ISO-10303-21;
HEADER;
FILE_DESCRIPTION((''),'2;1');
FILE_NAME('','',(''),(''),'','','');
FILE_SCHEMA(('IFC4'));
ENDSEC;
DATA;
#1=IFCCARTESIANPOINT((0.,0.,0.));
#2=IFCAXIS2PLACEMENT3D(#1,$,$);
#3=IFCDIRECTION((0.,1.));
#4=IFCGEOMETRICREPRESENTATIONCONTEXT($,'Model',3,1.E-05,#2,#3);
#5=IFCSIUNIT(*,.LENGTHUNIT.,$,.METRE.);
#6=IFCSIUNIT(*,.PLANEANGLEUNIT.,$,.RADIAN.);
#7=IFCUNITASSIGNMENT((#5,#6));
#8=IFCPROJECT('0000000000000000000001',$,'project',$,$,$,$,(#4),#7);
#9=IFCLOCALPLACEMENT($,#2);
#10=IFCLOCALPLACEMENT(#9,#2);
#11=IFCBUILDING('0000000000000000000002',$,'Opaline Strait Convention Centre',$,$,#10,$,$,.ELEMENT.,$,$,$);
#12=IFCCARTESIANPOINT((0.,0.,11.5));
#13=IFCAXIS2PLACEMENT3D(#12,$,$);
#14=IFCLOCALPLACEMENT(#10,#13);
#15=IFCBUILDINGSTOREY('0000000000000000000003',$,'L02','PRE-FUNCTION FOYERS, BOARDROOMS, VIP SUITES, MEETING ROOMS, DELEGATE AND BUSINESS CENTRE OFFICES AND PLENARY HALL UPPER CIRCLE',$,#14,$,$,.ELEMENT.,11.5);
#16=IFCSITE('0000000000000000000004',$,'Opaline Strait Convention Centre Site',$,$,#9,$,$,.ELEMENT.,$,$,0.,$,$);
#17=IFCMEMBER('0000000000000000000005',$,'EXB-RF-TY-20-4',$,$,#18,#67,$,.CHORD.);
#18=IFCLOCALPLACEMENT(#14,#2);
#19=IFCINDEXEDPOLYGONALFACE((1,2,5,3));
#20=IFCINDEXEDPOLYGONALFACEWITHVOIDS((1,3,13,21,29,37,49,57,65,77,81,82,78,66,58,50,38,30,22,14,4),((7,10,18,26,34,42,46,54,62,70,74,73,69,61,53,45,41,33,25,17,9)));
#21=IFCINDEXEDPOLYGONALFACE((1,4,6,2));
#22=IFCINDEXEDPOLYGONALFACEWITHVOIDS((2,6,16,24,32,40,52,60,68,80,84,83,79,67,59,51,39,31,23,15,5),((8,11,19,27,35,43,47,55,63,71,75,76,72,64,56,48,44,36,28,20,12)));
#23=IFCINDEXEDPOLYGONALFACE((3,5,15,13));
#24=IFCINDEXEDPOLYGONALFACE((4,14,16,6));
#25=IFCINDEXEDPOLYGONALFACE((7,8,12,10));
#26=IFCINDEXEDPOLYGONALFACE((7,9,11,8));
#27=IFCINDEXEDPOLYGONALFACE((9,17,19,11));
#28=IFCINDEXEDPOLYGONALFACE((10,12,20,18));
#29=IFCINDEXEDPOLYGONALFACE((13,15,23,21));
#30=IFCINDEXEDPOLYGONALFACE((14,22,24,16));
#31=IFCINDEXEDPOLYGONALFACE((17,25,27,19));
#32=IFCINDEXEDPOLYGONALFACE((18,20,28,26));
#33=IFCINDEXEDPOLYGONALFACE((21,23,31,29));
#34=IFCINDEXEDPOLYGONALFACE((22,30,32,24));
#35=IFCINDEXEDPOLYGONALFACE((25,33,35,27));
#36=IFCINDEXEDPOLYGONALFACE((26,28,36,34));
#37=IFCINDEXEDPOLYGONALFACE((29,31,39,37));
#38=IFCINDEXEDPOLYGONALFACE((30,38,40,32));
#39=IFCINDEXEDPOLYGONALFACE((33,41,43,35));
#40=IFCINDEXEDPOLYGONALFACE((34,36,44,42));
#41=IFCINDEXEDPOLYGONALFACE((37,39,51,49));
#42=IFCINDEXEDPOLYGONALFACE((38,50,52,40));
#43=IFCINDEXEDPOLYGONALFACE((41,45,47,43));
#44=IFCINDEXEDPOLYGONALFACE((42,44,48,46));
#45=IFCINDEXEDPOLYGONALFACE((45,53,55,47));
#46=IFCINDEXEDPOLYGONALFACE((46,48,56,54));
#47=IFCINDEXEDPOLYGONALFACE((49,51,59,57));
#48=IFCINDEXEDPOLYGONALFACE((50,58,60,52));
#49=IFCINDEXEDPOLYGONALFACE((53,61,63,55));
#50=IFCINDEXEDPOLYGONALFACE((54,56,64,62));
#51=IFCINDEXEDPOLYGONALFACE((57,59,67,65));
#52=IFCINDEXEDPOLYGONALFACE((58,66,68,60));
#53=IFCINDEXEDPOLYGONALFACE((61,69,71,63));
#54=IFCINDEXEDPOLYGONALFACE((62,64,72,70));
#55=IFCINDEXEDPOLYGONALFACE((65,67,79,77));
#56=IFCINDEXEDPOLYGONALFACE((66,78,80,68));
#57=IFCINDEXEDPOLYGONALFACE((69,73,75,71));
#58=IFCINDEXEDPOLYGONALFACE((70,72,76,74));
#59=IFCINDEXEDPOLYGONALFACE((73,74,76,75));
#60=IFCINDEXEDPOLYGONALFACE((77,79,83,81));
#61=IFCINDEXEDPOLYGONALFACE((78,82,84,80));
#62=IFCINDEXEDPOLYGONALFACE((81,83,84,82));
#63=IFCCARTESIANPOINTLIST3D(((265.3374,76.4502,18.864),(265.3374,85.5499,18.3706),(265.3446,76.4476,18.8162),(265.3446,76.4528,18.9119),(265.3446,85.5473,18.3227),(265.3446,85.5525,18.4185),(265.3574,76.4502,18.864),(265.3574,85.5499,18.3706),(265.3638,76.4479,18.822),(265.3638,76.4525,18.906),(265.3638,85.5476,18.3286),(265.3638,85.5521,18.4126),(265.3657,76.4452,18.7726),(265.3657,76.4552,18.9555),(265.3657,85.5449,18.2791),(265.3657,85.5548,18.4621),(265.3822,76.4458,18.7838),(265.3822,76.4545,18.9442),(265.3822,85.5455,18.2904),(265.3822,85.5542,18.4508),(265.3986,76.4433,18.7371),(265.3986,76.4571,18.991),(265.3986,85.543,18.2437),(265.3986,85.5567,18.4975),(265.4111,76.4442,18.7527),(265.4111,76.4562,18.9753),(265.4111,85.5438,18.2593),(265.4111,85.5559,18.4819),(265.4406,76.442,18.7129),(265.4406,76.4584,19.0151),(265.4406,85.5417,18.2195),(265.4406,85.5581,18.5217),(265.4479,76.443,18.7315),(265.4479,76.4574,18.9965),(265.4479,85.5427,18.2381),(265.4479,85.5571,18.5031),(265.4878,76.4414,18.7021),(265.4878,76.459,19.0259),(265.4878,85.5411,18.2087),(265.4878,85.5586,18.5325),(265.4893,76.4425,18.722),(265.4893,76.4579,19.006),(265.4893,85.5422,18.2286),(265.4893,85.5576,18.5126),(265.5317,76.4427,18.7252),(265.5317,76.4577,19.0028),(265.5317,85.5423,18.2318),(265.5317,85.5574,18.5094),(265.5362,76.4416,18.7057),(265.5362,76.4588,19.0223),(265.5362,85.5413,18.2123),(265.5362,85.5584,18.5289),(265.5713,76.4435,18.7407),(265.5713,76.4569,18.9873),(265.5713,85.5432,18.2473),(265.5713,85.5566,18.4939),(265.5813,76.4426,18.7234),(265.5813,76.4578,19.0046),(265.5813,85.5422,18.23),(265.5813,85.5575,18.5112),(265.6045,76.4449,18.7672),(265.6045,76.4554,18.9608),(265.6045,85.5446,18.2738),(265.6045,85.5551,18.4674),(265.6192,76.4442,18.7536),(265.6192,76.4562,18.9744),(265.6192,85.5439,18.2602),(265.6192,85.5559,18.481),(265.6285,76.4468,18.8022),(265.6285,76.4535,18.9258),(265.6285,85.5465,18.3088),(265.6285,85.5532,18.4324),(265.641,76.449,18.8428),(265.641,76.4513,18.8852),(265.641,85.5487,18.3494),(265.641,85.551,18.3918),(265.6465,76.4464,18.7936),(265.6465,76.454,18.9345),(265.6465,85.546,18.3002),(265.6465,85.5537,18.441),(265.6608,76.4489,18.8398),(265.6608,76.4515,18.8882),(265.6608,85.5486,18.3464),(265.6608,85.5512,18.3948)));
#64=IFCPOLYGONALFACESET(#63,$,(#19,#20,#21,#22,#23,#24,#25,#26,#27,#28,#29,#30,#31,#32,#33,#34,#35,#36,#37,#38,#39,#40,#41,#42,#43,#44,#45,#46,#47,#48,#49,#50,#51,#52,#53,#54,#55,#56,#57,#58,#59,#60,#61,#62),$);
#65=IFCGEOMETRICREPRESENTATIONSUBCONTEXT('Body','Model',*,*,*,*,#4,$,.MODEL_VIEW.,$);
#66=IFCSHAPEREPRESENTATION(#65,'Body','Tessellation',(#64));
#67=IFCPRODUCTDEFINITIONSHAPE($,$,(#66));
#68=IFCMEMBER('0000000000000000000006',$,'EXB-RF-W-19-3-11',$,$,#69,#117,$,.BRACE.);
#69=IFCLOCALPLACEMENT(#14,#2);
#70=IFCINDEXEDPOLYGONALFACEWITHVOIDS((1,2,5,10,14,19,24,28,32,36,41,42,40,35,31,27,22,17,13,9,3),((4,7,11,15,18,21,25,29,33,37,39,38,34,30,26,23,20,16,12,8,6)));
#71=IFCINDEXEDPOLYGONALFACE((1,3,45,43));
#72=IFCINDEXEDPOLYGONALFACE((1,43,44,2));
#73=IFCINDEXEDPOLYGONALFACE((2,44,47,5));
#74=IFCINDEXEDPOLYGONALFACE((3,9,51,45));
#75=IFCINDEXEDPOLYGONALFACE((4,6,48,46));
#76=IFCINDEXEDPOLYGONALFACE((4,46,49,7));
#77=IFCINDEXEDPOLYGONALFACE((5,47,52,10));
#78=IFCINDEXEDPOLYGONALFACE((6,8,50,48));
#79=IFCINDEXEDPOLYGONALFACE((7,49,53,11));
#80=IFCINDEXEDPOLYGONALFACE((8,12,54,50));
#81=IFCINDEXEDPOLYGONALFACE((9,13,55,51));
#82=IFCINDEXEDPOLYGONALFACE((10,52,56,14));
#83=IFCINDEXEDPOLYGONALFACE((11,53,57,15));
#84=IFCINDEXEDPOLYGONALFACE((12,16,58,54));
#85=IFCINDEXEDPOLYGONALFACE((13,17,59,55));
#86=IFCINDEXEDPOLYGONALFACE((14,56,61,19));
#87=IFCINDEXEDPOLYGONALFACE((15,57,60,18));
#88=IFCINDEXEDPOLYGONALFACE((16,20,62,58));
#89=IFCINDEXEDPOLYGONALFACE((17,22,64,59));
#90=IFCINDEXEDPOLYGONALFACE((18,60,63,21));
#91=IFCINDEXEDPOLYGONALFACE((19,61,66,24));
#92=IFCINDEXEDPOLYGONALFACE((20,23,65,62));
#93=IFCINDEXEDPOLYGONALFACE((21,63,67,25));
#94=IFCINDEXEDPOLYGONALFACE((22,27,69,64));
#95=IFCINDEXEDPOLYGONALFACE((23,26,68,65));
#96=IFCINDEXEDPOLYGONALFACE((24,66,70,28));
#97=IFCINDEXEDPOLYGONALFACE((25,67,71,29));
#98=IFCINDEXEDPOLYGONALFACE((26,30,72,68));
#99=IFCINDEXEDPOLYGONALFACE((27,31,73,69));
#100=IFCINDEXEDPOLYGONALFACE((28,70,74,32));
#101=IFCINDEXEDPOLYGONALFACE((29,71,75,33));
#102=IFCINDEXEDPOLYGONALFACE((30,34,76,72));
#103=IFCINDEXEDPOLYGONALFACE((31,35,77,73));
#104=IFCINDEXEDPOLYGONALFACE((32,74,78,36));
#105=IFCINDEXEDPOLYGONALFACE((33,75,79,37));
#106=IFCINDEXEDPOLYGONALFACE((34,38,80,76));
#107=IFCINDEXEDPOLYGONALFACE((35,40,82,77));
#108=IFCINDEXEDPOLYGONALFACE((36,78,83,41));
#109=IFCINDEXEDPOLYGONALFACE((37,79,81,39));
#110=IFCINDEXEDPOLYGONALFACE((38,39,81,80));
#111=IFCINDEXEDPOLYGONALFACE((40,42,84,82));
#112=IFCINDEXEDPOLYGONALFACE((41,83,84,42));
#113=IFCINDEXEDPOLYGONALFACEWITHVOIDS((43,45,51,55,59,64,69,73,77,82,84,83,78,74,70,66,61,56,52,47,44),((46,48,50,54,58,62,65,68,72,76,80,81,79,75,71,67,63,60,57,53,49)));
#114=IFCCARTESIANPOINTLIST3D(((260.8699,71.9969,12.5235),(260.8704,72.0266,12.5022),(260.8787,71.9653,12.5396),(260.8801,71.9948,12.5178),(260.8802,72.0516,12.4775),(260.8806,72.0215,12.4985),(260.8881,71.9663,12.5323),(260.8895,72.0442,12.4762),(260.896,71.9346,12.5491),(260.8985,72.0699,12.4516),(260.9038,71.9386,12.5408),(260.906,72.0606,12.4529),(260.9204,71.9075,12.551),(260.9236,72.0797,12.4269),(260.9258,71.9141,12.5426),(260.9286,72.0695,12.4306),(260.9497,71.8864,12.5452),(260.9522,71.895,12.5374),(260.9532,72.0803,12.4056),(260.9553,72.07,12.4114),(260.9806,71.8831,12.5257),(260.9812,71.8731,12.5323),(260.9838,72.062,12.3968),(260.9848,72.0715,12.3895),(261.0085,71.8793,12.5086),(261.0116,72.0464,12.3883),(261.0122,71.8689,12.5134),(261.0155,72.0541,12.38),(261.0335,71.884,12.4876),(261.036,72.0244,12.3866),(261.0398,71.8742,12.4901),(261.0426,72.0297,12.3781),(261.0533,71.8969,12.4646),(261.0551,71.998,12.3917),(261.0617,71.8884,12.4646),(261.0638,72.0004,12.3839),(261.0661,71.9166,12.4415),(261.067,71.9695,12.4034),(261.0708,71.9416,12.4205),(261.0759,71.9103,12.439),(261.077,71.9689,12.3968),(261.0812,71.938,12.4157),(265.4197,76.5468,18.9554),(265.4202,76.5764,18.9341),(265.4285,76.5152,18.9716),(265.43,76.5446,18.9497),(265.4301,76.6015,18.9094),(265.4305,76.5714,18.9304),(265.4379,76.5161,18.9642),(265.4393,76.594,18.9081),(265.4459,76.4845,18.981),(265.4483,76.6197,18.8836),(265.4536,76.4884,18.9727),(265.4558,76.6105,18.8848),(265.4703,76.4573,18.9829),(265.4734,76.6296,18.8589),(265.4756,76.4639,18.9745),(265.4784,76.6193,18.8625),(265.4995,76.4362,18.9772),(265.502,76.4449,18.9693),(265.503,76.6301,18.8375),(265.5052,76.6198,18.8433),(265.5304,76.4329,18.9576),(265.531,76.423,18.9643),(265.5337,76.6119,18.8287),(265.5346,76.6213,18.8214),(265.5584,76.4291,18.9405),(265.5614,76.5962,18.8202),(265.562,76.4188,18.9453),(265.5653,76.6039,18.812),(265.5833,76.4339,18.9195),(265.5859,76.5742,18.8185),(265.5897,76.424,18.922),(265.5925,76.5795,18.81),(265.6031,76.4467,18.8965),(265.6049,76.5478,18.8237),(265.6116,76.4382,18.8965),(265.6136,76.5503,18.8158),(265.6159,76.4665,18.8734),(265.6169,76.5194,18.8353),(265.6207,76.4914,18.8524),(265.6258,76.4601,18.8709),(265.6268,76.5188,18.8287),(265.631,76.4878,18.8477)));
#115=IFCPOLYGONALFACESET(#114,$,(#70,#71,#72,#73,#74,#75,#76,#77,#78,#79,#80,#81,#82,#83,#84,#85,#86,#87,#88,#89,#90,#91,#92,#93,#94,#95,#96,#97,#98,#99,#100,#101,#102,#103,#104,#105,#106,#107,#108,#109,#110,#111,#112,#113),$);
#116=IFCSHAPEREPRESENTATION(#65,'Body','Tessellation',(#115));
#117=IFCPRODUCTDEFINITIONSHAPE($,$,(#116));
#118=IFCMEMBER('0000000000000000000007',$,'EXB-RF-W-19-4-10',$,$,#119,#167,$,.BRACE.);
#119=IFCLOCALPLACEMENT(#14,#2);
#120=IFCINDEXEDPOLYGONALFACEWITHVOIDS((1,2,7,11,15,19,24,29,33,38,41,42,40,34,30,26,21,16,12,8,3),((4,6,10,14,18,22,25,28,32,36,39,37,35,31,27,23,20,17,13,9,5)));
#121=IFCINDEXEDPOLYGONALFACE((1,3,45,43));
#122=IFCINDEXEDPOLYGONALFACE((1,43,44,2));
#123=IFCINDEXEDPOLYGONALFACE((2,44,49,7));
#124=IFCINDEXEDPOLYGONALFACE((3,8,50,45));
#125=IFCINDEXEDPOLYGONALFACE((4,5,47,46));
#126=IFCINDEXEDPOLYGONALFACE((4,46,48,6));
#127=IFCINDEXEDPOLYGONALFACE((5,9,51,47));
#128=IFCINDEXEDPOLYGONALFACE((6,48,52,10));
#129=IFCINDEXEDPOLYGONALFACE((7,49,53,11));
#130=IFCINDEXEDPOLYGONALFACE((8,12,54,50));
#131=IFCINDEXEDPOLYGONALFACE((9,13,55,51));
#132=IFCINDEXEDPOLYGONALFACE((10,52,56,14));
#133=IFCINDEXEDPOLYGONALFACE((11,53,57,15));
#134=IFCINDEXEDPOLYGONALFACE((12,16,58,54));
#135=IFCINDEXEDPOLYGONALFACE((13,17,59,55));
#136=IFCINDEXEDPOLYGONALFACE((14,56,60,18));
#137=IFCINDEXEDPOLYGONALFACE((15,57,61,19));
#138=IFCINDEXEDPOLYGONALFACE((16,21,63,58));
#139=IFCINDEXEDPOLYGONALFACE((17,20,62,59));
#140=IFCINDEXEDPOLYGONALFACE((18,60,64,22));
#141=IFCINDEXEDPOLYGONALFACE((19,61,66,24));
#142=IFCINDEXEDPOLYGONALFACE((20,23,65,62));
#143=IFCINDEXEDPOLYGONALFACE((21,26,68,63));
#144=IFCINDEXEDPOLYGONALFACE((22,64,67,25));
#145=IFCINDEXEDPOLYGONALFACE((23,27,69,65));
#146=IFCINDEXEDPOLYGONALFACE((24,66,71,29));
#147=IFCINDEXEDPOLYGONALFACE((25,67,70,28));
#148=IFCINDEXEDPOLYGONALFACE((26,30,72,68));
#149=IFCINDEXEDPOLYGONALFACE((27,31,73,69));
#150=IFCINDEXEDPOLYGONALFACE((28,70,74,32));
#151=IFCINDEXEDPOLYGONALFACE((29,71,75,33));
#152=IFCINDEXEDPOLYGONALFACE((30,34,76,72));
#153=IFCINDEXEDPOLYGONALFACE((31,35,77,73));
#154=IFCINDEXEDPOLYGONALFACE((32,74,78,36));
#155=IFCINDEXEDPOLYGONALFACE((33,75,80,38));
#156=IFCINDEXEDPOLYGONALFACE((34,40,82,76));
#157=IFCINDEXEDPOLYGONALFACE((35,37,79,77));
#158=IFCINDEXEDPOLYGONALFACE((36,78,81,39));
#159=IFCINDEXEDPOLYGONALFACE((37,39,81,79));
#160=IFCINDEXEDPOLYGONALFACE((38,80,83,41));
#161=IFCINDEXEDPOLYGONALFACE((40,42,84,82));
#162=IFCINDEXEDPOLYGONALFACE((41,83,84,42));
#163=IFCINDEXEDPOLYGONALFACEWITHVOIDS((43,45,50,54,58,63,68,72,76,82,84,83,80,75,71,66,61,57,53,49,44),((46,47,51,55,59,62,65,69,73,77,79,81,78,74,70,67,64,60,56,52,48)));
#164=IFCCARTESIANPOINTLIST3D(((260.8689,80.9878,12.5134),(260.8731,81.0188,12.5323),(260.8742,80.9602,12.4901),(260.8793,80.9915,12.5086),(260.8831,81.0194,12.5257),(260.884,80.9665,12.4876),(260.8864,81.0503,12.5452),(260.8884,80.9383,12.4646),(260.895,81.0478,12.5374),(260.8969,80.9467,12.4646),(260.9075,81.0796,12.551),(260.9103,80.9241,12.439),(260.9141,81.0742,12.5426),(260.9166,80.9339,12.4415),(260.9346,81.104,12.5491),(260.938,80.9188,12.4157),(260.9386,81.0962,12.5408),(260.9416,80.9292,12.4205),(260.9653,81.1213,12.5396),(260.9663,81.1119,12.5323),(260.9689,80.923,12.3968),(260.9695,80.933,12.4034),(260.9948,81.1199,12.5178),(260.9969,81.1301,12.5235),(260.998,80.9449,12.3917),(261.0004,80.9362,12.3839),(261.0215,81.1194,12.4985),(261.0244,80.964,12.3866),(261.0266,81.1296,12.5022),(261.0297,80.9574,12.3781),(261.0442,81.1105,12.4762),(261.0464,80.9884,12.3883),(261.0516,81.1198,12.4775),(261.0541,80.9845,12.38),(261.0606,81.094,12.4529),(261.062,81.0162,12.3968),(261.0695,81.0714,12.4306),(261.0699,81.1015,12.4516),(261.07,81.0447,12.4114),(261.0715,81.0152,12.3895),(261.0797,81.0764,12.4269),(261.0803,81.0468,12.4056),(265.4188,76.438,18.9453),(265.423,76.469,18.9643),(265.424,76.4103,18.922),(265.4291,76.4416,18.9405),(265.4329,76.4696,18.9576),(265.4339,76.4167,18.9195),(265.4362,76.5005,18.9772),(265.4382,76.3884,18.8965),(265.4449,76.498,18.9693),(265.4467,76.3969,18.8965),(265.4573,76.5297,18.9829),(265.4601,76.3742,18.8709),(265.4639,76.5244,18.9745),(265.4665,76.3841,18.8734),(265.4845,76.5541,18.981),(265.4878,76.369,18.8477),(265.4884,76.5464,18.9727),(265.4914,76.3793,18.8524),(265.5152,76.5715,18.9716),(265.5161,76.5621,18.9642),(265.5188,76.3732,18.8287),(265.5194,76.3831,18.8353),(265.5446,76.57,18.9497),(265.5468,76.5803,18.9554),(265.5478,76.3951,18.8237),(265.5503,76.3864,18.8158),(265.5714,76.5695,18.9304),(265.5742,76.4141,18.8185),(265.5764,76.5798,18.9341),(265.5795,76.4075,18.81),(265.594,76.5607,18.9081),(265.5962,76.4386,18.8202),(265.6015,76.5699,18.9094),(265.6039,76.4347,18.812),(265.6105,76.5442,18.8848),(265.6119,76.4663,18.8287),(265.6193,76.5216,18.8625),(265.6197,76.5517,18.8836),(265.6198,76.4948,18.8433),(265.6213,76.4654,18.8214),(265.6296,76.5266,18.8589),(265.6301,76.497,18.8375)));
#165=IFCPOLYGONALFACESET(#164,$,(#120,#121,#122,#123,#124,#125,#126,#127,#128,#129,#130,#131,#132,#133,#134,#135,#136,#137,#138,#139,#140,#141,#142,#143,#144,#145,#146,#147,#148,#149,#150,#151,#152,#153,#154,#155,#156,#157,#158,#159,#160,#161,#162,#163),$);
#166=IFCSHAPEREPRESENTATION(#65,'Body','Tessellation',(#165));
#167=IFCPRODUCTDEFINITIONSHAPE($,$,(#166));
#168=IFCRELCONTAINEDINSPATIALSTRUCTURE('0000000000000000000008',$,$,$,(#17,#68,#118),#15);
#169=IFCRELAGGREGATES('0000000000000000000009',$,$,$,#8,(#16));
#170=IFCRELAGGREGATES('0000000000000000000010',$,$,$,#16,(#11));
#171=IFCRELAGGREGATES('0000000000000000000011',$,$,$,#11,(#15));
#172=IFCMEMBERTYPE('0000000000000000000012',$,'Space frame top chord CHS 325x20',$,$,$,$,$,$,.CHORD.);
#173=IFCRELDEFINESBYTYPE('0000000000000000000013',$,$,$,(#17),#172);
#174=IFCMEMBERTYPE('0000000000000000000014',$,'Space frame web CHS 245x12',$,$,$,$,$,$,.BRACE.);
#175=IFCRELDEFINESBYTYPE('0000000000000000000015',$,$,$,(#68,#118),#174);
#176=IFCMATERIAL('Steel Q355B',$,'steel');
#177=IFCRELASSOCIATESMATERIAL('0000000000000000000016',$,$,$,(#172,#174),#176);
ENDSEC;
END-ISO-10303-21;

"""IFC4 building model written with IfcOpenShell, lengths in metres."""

from ifc_helpers import new_model, si_unit, direction, frame, origin, origin_2d, place, context, subcontext, project, spatial, hollow_circle, extrude, material, material_profile, profile_set, type_object, element, save


model = new_model("IFC4")

# Units and contexts
model_context = context("Model", 3, precision=1e-05, world=origin(), true_north=direction((0.0, 1.0)))
body_context = subcontext(model_context, "Body", "Model", "MODEL_VIEW")
ifc_project = project(units=[si_unit("LENGTHUNIT", "METRE"), si_unit("PLANEANGLEUNIT", "RADIAN")], contexts=[model_context])

# Site, building, storey
site_placement = place(None, origin())
site = spatial("IfcSite", under=ifc_project, at=site_placement, Name="Opaline Strait Convention Centre Site", CompositionType="ELEMENT", RefElevation=0.0)
building_placement = place(site_placement, origin())
building = spatial("IfcBuilding", under=site, at=building_placement, Name="Opaline Strait Convention Centre", CompositionType="ELEMENT")
storey_placement = place(building_placement, frame((0.0, 0.0, 11.5)))
storey = spatial("IfcBuildingStorey", under=building, at=storey_placement, Name="L02", Description="PRE-FUNCTION FOYERS, BOARDROOMS, VIP SUITES, MEETING ROOMS, DELEGATE AND BUSINESS CENTRE OFFICES AND PLENARY HALL UPPER CIRCLE", CompositionType="ELEMENT", Elevation=11.5)

# Members
ifc_material_1 = material(Name="Steel Q355B", Category="steel")
ifc_material_profile_1 = material_profile(ifc_material_1, hollow_circle(Radius=0.1626, WallThickness=0.02, at=origin_2d()), Name="CHS 325x20")
ifc_profile_set_1 = profile_set([ifc_material_profile_1], Name="Steel Q355B")
member_type_1 = type_object("IfcMemberType", Name="Space frame top chord CHS 325x20", PredefinedType="CHORD", material=ifc_profile_set_1)
member_1_placement = place(storey_placement, frame((265.5, 76.4502, 18.864), z_axis=(0.0, 0.998533, -0.054143), x_axis=(-1.0, 0.0, 0.0)))
element("IfcMember", 1, at=member_1_placement, inside=storey, type_object=member_type_1, Name="EXB-RF-TY-20-4", PredefinedType="CHORD", context=body_context, shape_type="SweptSolid", body=[
    extrude(hollow_circle(Radius=0.1626, WallThickness=0.02, at=origin_2d()), origin(), (0.0, 0.0, 1.0), 9.113),
])
ifc_material_profile_2 = material_profile(ifc_material_1, hollow_circle(Radius=0.1226, WallThickness=0.012, at=origin_2d()), Name="CHS 245x12")
ifc_profile_set_2 = profile_set([ifc_material_profile_2], Name="Steel Q355B")
member_type_2 = type_object("IfcMemberType", Name="Space frame web CHS 245x12", PredefinedType="BRACE", material=ifc_profile_set_2)
for number, where, z_axis, x_axis, name in (
    (2, (265.5249, 76.5249, 18.8965), (-0.500098, -0.500098, -0.706969), (0.707107, -0.707107, 0.0), "EXB-RF-W-19-3-11"),
    (3, (265.5249, 76.4751, 18.8965), (-0.500098, 0.500098, -0.706969), (-0.707107, -0.707107, 0.0), "EXB-RF-W-19-4-10"),
):
    element("IfcMember", number, at=place(storey_placement, frame(where, z_axis=z_axis, x_axis=x_axis)), inside=storey, type_object=member_type_2, Name=name, PredefinedType="BRACE", context=body_context, shape_type="SweptSolid", body=[
        extrude(hollow_circle(Radius=0.1226, WallThickness=0.012, at=origin_2d()), origin(), (0.0, 0.0, 1.0), 9.0979),
    ])

save(model, "model.ifc")
